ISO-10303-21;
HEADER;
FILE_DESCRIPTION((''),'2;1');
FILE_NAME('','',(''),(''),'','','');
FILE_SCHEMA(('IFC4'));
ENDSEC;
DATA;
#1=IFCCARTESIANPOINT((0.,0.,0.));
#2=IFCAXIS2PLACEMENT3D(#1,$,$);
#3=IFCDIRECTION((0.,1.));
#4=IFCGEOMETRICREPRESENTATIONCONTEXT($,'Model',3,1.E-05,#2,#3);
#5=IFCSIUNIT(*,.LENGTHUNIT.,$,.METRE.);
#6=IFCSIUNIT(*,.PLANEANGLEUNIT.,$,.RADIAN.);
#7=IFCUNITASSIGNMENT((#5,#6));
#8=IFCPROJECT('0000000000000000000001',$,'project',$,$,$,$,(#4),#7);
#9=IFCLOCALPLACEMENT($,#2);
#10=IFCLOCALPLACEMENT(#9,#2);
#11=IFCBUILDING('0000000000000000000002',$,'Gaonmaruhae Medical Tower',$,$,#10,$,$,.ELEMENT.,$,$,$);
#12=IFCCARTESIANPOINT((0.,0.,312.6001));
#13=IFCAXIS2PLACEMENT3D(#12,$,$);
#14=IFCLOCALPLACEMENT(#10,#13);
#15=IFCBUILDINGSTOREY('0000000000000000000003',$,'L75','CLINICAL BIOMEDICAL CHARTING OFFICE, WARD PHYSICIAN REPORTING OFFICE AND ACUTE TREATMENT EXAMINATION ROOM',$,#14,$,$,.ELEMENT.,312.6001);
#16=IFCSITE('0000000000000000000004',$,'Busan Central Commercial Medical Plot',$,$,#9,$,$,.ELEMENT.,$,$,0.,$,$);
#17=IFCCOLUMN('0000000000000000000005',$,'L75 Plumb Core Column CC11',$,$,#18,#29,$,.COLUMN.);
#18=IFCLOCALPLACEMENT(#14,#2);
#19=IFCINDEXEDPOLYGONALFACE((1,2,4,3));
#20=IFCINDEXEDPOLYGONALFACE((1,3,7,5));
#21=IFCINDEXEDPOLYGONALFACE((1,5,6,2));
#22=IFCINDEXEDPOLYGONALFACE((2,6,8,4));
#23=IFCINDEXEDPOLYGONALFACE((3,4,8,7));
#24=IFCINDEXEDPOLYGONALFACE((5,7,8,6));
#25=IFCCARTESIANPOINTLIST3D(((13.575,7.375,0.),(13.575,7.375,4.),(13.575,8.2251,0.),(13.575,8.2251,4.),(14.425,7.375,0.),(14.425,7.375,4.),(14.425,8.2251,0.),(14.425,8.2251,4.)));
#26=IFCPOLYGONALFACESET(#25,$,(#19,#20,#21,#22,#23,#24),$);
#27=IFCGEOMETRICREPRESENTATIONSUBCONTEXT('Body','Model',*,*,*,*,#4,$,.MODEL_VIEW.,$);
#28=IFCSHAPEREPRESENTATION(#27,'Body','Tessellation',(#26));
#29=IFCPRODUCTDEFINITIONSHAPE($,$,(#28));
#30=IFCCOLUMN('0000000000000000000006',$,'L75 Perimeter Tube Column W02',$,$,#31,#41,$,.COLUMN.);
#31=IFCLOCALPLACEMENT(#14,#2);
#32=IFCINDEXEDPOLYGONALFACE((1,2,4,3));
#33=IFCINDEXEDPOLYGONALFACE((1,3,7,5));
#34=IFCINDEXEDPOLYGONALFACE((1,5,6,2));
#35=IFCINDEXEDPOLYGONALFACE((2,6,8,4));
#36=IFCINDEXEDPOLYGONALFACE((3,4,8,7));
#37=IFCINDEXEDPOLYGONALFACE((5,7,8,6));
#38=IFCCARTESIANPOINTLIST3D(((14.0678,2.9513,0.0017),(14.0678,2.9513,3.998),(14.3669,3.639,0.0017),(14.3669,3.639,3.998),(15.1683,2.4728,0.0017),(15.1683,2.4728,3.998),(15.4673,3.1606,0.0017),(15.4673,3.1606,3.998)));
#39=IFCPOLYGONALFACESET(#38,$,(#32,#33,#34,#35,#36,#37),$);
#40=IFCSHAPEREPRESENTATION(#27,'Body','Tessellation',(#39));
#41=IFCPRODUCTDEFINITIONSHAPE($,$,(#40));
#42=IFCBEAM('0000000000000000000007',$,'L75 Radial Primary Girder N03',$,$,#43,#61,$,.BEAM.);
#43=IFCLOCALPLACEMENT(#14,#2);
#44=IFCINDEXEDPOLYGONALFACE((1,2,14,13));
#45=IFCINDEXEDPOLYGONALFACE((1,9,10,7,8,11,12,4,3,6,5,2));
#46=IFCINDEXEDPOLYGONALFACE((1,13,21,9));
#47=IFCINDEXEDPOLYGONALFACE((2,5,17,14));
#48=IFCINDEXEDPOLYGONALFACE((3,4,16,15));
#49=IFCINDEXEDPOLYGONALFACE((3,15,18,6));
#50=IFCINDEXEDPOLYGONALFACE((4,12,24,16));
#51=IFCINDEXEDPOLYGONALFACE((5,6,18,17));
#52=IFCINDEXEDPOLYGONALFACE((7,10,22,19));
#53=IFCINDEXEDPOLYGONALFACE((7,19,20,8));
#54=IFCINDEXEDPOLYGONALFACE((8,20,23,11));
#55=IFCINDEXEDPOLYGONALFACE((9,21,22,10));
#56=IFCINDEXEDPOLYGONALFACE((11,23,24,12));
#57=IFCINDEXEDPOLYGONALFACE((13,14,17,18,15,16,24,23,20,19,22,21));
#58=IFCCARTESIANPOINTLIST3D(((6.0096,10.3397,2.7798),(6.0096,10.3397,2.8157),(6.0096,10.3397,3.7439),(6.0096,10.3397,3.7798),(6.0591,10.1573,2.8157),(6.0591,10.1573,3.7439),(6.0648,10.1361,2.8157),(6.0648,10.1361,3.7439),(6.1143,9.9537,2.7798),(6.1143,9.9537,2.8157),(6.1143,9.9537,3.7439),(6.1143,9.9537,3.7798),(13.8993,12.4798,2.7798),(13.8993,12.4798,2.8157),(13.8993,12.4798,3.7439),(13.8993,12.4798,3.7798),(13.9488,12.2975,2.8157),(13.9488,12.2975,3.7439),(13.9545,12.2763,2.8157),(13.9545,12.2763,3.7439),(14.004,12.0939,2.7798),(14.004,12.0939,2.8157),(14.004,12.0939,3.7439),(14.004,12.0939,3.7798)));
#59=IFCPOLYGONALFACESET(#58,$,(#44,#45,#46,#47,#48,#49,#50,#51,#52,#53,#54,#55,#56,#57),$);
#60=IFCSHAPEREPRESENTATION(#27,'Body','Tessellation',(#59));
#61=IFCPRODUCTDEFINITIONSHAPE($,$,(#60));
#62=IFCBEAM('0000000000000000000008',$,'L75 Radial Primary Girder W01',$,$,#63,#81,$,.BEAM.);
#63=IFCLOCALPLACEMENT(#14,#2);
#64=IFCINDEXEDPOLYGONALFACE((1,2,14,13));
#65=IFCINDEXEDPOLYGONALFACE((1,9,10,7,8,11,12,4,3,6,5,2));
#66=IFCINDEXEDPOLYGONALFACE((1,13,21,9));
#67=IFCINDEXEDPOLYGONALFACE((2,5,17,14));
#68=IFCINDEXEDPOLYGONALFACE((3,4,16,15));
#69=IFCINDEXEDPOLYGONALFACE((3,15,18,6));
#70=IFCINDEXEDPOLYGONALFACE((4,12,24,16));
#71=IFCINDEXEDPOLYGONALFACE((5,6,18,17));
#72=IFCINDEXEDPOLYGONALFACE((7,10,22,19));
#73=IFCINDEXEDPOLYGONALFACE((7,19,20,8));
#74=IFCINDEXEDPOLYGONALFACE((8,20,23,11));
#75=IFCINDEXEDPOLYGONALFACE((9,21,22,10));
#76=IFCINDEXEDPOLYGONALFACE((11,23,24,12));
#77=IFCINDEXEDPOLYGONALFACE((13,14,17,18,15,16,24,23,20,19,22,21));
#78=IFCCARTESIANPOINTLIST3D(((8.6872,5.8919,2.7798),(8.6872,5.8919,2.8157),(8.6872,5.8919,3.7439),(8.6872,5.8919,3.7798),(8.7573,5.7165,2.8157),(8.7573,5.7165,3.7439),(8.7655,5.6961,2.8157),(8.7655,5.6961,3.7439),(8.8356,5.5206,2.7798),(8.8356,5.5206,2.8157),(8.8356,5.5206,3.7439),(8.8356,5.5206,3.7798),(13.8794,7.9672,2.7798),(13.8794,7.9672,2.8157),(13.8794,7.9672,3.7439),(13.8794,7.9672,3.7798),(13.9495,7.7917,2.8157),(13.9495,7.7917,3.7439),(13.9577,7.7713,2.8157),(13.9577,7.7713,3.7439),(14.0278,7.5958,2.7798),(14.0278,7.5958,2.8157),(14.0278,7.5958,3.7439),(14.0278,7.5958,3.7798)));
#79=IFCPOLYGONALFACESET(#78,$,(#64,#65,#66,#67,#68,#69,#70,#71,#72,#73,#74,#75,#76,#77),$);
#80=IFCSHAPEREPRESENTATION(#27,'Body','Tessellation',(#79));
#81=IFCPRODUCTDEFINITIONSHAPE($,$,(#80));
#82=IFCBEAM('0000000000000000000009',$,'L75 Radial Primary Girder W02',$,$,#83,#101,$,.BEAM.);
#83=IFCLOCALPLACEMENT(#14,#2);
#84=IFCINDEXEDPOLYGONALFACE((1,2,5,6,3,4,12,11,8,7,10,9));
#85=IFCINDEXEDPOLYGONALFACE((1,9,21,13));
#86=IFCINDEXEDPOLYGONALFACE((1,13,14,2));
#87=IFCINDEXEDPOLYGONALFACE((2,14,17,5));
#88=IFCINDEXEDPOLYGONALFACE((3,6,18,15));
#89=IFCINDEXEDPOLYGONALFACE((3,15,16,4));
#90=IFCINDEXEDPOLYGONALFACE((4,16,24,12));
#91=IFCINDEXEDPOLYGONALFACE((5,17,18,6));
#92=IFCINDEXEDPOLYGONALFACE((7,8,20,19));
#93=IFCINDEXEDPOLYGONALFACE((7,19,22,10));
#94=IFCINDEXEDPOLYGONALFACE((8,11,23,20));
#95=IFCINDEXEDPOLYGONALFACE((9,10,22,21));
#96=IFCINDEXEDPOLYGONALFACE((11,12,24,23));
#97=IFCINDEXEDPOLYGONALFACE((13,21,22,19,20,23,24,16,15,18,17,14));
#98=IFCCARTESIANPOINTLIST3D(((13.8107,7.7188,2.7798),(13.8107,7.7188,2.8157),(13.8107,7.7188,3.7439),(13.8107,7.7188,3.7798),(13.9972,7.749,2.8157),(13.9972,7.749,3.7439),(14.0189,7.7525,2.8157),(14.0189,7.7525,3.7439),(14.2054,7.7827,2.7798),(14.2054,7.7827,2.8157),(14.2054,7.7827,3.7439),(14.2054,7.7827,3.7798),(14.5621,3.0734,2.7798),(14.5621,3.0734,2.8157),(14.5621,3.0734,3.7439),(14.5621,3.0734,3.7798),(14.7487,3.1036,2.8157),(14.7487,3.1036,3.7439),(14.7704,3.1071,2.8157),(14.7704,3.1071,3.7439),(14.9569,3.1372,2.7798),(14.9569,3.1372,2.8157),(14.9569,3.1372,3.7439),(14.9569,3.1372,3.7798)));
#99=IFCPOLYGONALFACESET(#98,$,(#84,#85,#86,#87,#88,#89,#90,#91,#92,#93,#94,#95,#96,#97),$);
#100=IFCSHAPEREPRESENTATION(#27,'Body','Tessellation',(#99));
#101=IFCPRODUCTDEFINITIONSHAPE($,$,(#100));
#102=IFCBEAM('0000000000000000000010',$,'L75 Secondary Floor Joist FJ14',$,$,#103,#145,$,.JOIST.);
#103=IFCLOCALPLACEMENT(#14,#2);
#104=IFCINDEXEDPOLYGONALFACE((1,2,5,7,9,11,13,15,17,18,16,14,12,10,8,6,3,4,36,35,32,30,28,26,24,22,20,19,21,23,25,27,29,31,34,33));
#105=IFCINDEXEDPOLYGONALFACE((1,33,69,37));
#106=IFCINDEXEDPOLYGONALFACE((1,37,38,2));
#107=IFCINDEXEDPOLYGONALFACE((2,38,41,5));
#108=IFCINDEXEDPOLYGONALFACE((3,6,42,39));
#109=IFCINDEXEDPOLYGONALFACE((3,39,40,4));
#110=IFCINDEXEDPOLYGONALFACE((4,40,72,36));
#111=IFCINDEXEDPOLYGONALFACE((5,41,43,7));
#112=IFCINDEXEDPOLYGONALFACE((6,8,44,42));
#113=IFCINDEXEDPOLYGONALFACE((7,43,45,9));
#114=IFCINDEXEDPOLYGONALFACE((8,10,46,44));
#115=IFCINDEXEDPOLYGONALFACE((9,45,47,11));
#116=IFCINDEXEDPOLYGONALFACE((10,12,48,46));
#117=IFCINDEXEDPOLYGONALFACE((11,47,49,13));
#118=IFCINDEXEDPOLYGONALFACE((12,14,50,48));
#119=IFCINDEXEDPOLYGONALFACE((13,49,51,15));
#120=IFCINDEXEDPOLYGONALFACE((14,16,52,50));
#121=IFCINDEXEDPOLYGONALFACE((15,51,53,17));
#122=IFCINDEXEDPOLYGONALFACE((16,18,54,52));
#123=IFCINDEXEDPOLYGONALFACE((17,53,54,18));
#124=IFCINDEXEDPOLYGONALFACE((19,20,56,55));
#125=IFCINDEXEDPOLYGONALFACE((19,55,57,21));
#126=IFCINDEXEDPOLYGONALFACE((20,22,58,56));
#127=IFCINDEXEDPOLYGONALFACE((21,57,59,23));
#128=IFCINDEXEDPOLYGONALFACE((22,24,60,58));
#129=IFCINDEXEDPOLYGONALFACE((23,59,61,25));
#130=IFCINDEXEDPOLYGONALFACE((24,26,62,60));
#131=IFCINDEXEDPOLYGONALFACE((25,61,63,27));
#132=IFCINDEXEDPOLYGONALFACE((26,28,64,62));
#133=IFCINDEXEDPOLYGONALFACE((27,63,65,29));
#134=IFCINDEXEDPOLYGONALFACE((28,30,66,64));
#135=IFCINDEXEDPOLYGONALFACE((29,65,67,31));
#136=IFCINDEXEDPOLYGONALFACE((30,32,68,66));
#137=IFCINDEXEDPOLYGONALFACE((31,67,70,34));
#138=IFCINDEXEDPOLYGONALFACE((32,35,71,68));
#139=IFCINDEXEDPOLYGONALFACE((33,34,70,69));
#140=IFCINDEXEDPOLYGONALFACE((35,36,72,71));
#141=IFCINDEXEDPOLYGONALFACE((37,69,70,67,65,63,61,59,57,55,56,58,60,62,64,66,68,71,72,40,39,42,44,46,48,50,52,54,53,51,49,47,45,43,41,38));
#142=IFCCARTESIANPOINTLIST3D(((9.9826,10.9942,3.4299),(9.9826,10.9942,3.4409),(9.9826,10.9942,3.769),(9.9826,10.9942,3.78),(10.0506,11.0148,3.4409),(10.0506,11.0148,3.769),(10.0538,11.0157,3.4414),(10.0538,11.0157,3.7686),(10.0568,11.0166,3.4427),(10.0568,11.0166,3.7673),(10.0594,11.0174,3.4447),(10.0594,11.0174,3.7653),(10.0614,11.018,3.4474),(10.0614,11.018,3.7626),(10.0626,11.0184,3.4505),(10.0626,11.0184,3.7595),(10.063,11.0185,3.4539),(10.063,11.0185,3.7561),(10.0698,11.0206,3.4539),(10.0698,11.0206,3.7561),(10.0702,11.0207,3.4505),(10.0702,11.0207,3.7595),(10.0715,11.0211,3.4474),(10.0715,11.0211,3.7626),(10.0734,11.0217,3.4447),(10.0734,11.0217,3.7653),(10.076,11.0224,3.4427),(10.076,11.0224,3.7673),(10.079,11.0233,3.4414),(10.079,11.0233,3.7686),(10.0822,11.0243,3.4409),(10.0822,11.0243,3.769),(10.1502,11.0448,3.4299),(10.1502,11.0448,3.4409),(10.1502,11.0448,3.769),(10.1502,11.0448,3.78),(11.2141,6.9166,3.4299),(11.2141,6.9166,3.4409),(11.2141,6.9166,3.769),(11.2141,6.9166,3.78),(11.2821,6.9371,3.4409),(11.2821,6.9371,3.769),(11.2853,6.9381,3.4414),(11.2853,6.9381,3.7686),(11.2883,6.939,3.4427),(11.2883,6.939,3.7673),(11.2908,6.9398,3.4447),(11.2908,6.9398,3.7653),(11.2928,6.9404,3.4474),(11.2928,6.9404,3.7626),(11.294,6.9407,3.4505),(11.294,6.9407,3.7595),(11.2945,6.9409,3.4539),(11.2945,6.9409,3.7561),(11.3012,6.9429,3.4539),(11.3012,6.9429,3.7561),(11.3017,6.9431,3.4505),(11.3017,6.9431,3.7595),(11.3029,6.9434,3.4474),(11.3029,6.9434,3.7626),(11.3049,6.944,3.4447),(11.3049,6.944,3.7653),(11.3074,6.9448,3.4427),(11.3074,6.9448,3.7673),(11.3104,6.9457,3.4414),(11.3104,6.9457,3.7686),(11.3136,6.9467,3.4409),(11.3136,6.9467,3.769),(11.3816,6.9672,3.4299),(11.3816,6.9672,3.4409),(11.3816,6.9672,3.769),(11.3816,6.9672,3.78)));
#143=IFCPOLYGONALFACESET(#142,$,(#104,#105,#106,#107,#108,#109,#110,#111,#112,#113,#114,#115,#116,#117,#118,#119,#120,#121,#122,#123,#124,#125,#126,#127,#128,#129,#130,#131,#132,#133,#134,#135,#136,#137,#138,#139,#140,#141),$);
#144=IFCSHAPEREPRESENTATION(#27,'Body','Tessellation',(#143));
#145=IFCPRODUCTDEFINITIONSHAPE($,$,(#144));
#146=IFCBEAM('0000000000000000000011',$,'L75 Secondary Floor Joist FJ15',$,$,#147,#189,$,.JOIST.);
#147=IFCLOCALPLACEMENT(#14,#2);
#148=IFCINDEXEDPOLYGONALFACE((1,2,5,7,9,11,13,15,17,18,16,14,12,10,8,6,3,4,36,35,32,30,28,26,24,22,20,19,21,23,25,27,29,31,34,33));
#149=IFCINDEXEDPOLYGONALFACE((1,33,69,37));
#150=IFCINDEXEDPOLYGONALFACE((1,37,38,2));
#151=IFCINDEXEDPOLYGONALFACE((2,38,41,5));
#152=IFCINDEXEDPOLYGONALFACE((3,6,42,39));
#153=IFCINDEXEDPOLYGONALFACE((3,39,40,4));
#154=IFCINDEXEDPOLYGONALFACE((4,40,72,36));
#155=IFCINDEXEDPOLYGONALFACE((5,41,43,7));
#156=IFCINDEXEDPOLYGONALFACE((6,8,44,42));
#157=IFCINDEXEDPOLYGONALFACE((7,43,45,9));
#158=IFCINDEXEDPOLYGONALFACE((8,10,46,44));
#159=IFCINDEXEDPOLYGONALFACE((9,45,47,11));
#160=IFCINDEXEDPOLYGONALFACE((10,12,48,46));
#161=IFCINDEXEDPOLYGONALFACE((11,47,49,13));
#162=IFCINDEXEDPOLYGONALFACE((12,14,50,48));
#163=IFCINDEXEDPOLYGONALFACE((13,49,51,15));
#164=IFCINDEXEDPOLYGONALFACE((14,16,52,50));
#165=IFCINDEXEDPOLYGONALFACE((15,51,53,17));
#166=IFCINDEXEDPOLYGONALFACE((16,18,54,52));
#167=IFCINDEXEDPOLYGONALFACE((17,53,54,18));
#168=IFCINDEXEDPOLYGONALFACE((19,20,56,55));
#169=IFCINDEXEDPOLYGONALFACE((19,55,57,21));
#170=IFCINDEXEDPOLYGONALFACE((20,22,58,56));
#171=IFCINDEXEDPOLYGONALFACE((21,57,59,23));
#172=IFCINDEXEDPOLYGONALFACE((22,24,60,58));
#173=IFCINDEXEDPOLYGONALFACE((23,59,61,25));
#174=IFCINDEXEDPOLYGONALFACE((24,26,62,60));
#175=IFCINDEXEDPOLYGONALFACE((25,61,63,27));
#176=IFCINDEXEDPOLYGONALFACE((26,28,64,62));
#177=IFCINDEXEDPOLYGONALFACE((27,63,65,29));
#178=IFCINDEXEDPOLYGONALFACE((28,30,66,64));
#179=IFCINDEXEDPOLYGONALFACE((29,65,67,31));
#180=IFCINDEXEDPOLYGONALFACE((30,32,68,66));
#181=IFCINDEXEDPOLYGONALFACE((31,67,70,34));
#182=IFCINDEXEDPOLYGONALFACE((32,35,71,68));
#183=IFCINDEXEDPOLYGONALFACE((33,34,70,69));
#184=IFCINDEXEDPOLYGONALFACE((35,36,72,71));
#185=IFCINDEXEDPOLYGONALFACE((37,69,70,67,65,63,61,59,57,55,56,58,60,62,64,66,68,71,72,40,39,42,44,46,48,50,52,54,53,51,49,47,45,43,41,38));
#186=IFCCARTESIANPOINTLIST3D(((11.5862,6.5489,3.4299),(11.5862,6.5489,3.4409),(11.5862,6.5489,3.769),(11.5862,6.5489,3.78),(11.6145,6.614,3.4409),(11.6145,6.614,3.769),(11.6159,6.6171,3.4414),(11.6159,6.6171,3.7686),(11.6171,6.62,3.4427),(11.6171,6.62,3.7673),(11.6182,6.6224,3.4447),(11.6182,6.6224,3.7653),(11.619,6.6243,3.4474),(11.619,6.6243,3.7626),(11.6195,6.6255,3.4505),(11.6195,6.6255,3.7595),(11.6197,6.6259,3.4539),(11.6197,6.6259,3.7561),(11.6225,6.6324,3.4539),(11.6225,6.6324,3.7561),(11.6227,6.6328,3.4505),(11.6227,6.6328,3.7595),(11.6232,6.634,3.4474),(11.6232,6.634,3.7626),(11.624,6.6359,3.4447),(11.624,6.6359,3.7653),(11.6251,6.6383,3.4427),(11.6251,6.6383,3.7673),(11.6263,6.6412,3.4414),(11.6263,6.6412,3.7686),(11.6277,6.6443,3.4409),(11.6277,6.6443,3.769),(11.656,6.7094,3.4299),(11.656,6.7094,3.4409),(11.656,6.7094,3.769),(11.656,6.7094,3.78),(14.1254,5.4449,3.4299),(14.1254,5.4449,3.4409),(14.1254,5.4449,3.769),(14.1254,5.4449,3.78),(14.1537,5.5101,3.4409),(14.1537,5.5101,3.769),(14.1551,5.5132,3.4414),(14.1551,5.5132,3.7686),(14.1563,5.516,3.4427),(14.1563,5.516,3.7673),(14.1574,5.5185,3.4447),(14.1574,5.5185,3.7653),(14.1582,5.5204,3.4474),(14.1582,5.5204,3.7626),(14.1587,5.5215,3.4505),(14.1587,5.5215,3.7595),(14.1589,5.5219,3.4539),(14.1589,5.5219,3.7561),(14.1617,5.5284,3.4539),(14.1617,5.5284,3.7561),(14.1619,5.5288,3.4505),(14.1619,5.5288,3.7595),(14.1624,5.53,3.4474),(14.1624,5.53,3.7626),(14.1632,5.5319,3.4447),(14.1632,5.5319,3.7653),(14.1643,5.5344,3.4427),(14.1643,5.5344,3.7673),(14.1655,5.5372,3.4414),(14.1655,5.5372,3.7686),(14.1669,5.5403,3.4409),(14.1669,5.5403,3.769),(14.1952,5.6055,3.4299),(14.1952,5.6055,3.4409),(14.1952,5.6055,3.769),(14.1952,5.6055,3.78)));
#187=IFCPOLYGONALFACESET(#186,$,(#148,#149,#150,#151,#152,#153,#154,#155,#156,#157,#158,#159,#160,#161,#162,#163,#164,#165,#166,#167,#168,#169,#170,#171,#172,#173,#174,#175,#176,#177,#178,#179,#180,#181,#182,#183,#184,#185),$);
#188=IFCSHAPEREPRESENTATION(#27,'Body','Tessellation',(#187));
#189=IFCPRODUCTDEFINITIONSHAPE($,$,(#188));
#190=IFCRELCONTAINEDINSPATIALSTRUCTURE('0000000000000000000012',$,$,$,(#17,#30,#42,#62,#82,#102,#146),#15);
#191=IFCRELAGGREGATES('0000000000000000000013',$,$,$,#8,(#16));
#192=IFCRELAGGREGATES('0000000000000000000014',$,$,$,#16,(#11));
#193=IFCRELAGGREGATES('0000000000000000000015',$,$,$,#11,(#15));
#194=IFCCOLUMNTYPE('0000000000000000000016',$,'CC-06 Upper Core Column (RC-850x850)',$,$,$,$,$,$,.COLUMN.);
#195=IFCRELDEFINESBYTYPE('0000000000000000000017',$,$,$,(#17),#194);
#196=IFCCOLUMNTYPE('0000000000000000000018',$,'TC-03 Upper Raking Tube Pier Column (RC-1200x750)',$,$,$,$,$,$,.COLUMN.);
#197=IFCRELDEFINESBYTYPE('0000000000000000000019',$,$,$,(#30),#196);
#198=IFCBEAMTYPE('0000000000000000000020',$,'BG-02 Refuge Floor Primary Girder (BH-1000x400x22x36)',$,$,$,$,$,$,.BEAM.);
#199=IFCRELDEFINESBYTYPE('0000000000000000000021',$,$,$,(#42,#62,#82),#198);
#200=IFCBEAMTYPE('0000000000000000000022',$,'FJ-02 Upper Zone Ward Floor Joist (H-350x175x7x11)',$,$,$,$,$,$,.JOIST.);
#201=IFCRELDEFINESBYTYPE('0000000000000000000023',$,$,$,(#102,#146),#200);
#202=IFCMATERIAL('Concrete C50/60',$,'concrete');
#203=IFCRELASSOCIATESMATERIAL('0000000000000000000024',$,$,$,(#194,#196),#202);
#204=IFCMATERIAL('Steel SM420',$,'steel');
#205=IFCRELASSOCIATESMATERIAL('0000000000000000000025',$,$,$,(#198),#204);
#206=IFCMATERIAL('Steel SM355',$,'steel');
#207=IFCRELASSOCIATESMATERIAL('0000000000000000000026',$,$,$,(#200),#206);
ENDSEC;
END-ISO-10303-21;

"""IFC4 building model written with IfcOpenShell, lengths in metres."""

from ifc_helpers import new_model, si_unit, direction, frame, origin, origin_2d, place, context, subcontext, project, spatial, rectangle, i_section, extrude, material, material_profile, profile_set, type_object, element, save


model = new_model("IFC4")

# Units and contexts
model_context = context("Model", 3, precision=1e-05, world=origin(), true_north=direction((0.0, 1.0)))
body_context = subcontext(model_context, "Body", "Model", "MODEL_VIEW")
ifc_project = project(units=[si_unit("LENGTHUNIT", "METRE"), si_unit("PLANEANGLEUNIT", "RADIAN")], contexts=[model_context])

# Site, building, storey
site_placement = place(None, origin())
site = spatial("IfcSite", under=ifc_project, at=site_placement, Name="Busan Central Commercial Medical Plot", CompositionType="ELEMENT", RefElevation=0.0)
building_placement = place(site_placement, origin())
building = spatial("IfcBuilding", under=site, at=building_placement, Name="Gaonmaruhae Medical Tower", CompositionType="ELEMENT")
storey_placement = place(building_placement, frame((0.0, 0.0, 312.6001)))
storey = spatial("IfcBuildingStorey", under=building, at=storey_placement, Name="L75", Description="CLINICAL BIOMEDICAL CHARTING OFFICE, WARD PHYSICIAN REPORTING OFFICE AND ACUTE TREATMENT EXAMINATION ROOM", CompositionType="ELEMENT", Elevation=312.6001)

# Columns
ifc_material_1 = material(Name="Concrete C50/60", Category="concrete")
ifc_material_profile_1 = material_profile(ifc_material_1, rectangle(XDim=0.8501, YDim=0.8501, at=origin_2d()), Name="RC-850x850")
ifc_profile_set_1 = profile_set([ifc_material_profile_1], Name="Concrete C50/60")
column_type_1 = type_object("IfcColumnType", Name="CC-06 Upper Core Column (RC-850x850)", PredefinedType="COLUMN", material=ifc_profile_set_1)
column_1_placement = place(storey_placement, frame((14.0, 7.8, 0.0), z_axis=(0.0, 0.0, 1.0), x_axis=(1.0, 0.0, 0.0)))
element("IfcColumn", 1, at=column_1_placement, inside=storey, type_object=column_type_1, Name="L75 Plumb Core Column CC11", PredefinedType="COLUMN", context=body_context, shape_type="SweptSolid", body=[
    extrude(rectangle(XDim=0.8501, YDim=0.8501, at=origin_2d()), origin(), (0.0, 0.0, 1.0), 4.0),
])
ifc_material_profile_2 = material_profile(ifc_material_1, rectangle(XDim=1.2, YDim=0.75, at=origin_2d()), Name="RC-1200x750")
ifc_profile_set_2 = profile_set([ifc_material_profile_2], Name="Concrete C50/60")
column_type_2 = type_object("IfcColumnType", Name="TC-03 Upper Raking Tube Pier Column (RC-1200x750)", PredefinedType="COLUMN", material=ifc_profile_set_2)
column_2_placement = place(storey_placement, frame((14.7676, 3.0559, 0.0017), z_axis=(0.0, 0.0, 1.0), x_axis=(-0.91706, 0.398749, 0.0)))
element("IfcColumn", 2, at=column_2_placement, inside=storey, type_object=column_type_2, Name="L75 Perimeter Tube Column W02", PredefinedType="COLUMN", context=body_context, shape_type="SweptSolid", body=[
    extrude(rectangle(XDim=1.2, YDim=0.75, at=origin_2d()), origin(), (0.0, 0.0, 1.0), 3.9963),
])

# Beams
ifc_material_2 = material(Name="Steel SM420", Category="steel")
ifc_material_profile_3 = material_profile(ifc_material_2, i_section(OverallWidth=0.3999, OverallDepth=1.0, WebThickness=0.022, FlangeThickness=0.0359, at=origin_2d()), Name="BH-1000x400x22x36")
ifc_profile_set_3 = profile_set([ifc_material_profile_3], Name="Steel SM420")
beam_type_1 = type_object("IfcBeamType", Name="BG-02 Refuge Floor Primary Girder (BH-1000x400x22x36)", PredefinedType="BEAM", material=ifc_profile_set_3)
beam_1_placement = place(storey_placement, frame((13.9517, 12.2869, 3.2798), z_axis=(-0.965123, -0.261798, 0.0), x_axis=(0.261798, -0.965123, 0.0)))
element("IfcBeam", 3, at=beam_1_placement, inside=storey, type_object=beam_type_1, Name="L75 Radial Primary Girder N03", PredefinedType="BEAM", context=body_context, shape_type="SweptSolid", body=[
    extrude(i_section(OverallWidth=0.3999, OverallDepth=1.0, WebThickness=0.022, FlangeThickness=0.0359, at=origin_2d()), origin(), (0.0, 0.0, 1.0), 8.1748),
])
beam_2_placement = place(storey_placement, frame((13.9536, 7.7815, 3.2798), z_axis=(-0.928579, -0.371135, 0.0), x_axis=(0.371135, -0.928579, 0.0)))
element("IfcBeam", 4, at=beam_2_placement, inside=storey, type_object=beam_type_1, Name="L75 Radial Primary Girder W01", PredefinedType="BEAM", context=body_context, shape_type="SweptSolid", body=[
    extrude(i_section(OverallWidth=0.3999, OverallDepth=1.0, WebThickness=0.022, FlangeThickness=0.0359, at=origin_2d()), origin(), (0.0, 0.0, 1.0), 5.5916),
])
beam_3_placement = place(storey_placement, frame((14.0081, 7.7507, 3.2798), z_axis=(0.159686, -0.987168, 0.0), x_axis=(0.987168, 0.159686, 0.0)))
element("IfcBeam", 5, at=beam_3_placement, inside=storey, type_object=beam_type_1, Name="L75 Radial Primary Girder W02", PredefinedType="BEAM", context=body_context, shape_type="SweptSolid", body=[
    extrude(i_section(OverallWidth=0.3999, OverallDepth=1.0, WebThickness=0.022, FlangeThickness=0.0359, at=origin_2d()), origin(), (0.0, 0.0, 1.0), 4.7058),
])
ifc_material_3 = material(Name="Steel SM355", Category="steel")
ifc_material_profile_4 = material_profile(ifc_material_3, i_section(OverallWidth=0.175, OverallDepth=0.3501, WebThickness=0.0071, FlangeThickness=0.011, FilletRadius=0.0129, at=origin_2d()), Name="H-350x175x7x11")
ifc_profile_set_4 = profile_set([ifc_material_profile_4], Name="Steel SM355")
beam_type_2 = type_object("IfcBeamType", Name="FJ-02 Upper Zone Ward Floor Joist (H-350x175x7x11)", PredefinedType="JOIST", material=ifc_profile_set_4)
beam_4_placement = place(storey_placement, frame((10.0664, 11.0195, 3.605), z_axis=(0.289104, -0.957298, 0.0), x_axis=(0.957298, 0.289104, 0.0)))
element("IfcBeam", 6, at=beam_4_placement, inside=storey, type_object=beam_type_2, Name="L75 Secondary Floor Joist FJ14", PredefinedType="JOIST", context=body_context, shape_type="SweptSolid", body=[
    extrude(i_section(OverallWidth=0.175, OverallDepth=0.3501, WebThickness=0.0071, FlangeThickness=0.011, FilletRadius=0.0129, at=origin_2d()), origin(), (0.0, 0.0, 1.0), 4.2595),
])
beam_5_placement = place(storey_placement, frame((11.6211, 6.6292, 3.605), z_axis=(0.917076, -0.398713, 0.0), x_axis=(0.398713, 0.917076, 0.0)))
element("IfcBeam", 7, at=beam_5_placement, inside=storey, type_object=beam_type_2, Name="L75 Secondary Floor Joist FJ15", PredefinedType="JOIST", context=body_context, shape_type="SweptSolid", body=[
    extrude(i_section(OverallWidth=0.175, OverallDepth=0.3501, WebThickness=0.0071, FlangeThickness=0.011, FilletRadius=0.0129, at=origin_2d()), origin(), (0.0, 0.0, 1.0), 2.7688),
])

save(model, "model.ifc")
